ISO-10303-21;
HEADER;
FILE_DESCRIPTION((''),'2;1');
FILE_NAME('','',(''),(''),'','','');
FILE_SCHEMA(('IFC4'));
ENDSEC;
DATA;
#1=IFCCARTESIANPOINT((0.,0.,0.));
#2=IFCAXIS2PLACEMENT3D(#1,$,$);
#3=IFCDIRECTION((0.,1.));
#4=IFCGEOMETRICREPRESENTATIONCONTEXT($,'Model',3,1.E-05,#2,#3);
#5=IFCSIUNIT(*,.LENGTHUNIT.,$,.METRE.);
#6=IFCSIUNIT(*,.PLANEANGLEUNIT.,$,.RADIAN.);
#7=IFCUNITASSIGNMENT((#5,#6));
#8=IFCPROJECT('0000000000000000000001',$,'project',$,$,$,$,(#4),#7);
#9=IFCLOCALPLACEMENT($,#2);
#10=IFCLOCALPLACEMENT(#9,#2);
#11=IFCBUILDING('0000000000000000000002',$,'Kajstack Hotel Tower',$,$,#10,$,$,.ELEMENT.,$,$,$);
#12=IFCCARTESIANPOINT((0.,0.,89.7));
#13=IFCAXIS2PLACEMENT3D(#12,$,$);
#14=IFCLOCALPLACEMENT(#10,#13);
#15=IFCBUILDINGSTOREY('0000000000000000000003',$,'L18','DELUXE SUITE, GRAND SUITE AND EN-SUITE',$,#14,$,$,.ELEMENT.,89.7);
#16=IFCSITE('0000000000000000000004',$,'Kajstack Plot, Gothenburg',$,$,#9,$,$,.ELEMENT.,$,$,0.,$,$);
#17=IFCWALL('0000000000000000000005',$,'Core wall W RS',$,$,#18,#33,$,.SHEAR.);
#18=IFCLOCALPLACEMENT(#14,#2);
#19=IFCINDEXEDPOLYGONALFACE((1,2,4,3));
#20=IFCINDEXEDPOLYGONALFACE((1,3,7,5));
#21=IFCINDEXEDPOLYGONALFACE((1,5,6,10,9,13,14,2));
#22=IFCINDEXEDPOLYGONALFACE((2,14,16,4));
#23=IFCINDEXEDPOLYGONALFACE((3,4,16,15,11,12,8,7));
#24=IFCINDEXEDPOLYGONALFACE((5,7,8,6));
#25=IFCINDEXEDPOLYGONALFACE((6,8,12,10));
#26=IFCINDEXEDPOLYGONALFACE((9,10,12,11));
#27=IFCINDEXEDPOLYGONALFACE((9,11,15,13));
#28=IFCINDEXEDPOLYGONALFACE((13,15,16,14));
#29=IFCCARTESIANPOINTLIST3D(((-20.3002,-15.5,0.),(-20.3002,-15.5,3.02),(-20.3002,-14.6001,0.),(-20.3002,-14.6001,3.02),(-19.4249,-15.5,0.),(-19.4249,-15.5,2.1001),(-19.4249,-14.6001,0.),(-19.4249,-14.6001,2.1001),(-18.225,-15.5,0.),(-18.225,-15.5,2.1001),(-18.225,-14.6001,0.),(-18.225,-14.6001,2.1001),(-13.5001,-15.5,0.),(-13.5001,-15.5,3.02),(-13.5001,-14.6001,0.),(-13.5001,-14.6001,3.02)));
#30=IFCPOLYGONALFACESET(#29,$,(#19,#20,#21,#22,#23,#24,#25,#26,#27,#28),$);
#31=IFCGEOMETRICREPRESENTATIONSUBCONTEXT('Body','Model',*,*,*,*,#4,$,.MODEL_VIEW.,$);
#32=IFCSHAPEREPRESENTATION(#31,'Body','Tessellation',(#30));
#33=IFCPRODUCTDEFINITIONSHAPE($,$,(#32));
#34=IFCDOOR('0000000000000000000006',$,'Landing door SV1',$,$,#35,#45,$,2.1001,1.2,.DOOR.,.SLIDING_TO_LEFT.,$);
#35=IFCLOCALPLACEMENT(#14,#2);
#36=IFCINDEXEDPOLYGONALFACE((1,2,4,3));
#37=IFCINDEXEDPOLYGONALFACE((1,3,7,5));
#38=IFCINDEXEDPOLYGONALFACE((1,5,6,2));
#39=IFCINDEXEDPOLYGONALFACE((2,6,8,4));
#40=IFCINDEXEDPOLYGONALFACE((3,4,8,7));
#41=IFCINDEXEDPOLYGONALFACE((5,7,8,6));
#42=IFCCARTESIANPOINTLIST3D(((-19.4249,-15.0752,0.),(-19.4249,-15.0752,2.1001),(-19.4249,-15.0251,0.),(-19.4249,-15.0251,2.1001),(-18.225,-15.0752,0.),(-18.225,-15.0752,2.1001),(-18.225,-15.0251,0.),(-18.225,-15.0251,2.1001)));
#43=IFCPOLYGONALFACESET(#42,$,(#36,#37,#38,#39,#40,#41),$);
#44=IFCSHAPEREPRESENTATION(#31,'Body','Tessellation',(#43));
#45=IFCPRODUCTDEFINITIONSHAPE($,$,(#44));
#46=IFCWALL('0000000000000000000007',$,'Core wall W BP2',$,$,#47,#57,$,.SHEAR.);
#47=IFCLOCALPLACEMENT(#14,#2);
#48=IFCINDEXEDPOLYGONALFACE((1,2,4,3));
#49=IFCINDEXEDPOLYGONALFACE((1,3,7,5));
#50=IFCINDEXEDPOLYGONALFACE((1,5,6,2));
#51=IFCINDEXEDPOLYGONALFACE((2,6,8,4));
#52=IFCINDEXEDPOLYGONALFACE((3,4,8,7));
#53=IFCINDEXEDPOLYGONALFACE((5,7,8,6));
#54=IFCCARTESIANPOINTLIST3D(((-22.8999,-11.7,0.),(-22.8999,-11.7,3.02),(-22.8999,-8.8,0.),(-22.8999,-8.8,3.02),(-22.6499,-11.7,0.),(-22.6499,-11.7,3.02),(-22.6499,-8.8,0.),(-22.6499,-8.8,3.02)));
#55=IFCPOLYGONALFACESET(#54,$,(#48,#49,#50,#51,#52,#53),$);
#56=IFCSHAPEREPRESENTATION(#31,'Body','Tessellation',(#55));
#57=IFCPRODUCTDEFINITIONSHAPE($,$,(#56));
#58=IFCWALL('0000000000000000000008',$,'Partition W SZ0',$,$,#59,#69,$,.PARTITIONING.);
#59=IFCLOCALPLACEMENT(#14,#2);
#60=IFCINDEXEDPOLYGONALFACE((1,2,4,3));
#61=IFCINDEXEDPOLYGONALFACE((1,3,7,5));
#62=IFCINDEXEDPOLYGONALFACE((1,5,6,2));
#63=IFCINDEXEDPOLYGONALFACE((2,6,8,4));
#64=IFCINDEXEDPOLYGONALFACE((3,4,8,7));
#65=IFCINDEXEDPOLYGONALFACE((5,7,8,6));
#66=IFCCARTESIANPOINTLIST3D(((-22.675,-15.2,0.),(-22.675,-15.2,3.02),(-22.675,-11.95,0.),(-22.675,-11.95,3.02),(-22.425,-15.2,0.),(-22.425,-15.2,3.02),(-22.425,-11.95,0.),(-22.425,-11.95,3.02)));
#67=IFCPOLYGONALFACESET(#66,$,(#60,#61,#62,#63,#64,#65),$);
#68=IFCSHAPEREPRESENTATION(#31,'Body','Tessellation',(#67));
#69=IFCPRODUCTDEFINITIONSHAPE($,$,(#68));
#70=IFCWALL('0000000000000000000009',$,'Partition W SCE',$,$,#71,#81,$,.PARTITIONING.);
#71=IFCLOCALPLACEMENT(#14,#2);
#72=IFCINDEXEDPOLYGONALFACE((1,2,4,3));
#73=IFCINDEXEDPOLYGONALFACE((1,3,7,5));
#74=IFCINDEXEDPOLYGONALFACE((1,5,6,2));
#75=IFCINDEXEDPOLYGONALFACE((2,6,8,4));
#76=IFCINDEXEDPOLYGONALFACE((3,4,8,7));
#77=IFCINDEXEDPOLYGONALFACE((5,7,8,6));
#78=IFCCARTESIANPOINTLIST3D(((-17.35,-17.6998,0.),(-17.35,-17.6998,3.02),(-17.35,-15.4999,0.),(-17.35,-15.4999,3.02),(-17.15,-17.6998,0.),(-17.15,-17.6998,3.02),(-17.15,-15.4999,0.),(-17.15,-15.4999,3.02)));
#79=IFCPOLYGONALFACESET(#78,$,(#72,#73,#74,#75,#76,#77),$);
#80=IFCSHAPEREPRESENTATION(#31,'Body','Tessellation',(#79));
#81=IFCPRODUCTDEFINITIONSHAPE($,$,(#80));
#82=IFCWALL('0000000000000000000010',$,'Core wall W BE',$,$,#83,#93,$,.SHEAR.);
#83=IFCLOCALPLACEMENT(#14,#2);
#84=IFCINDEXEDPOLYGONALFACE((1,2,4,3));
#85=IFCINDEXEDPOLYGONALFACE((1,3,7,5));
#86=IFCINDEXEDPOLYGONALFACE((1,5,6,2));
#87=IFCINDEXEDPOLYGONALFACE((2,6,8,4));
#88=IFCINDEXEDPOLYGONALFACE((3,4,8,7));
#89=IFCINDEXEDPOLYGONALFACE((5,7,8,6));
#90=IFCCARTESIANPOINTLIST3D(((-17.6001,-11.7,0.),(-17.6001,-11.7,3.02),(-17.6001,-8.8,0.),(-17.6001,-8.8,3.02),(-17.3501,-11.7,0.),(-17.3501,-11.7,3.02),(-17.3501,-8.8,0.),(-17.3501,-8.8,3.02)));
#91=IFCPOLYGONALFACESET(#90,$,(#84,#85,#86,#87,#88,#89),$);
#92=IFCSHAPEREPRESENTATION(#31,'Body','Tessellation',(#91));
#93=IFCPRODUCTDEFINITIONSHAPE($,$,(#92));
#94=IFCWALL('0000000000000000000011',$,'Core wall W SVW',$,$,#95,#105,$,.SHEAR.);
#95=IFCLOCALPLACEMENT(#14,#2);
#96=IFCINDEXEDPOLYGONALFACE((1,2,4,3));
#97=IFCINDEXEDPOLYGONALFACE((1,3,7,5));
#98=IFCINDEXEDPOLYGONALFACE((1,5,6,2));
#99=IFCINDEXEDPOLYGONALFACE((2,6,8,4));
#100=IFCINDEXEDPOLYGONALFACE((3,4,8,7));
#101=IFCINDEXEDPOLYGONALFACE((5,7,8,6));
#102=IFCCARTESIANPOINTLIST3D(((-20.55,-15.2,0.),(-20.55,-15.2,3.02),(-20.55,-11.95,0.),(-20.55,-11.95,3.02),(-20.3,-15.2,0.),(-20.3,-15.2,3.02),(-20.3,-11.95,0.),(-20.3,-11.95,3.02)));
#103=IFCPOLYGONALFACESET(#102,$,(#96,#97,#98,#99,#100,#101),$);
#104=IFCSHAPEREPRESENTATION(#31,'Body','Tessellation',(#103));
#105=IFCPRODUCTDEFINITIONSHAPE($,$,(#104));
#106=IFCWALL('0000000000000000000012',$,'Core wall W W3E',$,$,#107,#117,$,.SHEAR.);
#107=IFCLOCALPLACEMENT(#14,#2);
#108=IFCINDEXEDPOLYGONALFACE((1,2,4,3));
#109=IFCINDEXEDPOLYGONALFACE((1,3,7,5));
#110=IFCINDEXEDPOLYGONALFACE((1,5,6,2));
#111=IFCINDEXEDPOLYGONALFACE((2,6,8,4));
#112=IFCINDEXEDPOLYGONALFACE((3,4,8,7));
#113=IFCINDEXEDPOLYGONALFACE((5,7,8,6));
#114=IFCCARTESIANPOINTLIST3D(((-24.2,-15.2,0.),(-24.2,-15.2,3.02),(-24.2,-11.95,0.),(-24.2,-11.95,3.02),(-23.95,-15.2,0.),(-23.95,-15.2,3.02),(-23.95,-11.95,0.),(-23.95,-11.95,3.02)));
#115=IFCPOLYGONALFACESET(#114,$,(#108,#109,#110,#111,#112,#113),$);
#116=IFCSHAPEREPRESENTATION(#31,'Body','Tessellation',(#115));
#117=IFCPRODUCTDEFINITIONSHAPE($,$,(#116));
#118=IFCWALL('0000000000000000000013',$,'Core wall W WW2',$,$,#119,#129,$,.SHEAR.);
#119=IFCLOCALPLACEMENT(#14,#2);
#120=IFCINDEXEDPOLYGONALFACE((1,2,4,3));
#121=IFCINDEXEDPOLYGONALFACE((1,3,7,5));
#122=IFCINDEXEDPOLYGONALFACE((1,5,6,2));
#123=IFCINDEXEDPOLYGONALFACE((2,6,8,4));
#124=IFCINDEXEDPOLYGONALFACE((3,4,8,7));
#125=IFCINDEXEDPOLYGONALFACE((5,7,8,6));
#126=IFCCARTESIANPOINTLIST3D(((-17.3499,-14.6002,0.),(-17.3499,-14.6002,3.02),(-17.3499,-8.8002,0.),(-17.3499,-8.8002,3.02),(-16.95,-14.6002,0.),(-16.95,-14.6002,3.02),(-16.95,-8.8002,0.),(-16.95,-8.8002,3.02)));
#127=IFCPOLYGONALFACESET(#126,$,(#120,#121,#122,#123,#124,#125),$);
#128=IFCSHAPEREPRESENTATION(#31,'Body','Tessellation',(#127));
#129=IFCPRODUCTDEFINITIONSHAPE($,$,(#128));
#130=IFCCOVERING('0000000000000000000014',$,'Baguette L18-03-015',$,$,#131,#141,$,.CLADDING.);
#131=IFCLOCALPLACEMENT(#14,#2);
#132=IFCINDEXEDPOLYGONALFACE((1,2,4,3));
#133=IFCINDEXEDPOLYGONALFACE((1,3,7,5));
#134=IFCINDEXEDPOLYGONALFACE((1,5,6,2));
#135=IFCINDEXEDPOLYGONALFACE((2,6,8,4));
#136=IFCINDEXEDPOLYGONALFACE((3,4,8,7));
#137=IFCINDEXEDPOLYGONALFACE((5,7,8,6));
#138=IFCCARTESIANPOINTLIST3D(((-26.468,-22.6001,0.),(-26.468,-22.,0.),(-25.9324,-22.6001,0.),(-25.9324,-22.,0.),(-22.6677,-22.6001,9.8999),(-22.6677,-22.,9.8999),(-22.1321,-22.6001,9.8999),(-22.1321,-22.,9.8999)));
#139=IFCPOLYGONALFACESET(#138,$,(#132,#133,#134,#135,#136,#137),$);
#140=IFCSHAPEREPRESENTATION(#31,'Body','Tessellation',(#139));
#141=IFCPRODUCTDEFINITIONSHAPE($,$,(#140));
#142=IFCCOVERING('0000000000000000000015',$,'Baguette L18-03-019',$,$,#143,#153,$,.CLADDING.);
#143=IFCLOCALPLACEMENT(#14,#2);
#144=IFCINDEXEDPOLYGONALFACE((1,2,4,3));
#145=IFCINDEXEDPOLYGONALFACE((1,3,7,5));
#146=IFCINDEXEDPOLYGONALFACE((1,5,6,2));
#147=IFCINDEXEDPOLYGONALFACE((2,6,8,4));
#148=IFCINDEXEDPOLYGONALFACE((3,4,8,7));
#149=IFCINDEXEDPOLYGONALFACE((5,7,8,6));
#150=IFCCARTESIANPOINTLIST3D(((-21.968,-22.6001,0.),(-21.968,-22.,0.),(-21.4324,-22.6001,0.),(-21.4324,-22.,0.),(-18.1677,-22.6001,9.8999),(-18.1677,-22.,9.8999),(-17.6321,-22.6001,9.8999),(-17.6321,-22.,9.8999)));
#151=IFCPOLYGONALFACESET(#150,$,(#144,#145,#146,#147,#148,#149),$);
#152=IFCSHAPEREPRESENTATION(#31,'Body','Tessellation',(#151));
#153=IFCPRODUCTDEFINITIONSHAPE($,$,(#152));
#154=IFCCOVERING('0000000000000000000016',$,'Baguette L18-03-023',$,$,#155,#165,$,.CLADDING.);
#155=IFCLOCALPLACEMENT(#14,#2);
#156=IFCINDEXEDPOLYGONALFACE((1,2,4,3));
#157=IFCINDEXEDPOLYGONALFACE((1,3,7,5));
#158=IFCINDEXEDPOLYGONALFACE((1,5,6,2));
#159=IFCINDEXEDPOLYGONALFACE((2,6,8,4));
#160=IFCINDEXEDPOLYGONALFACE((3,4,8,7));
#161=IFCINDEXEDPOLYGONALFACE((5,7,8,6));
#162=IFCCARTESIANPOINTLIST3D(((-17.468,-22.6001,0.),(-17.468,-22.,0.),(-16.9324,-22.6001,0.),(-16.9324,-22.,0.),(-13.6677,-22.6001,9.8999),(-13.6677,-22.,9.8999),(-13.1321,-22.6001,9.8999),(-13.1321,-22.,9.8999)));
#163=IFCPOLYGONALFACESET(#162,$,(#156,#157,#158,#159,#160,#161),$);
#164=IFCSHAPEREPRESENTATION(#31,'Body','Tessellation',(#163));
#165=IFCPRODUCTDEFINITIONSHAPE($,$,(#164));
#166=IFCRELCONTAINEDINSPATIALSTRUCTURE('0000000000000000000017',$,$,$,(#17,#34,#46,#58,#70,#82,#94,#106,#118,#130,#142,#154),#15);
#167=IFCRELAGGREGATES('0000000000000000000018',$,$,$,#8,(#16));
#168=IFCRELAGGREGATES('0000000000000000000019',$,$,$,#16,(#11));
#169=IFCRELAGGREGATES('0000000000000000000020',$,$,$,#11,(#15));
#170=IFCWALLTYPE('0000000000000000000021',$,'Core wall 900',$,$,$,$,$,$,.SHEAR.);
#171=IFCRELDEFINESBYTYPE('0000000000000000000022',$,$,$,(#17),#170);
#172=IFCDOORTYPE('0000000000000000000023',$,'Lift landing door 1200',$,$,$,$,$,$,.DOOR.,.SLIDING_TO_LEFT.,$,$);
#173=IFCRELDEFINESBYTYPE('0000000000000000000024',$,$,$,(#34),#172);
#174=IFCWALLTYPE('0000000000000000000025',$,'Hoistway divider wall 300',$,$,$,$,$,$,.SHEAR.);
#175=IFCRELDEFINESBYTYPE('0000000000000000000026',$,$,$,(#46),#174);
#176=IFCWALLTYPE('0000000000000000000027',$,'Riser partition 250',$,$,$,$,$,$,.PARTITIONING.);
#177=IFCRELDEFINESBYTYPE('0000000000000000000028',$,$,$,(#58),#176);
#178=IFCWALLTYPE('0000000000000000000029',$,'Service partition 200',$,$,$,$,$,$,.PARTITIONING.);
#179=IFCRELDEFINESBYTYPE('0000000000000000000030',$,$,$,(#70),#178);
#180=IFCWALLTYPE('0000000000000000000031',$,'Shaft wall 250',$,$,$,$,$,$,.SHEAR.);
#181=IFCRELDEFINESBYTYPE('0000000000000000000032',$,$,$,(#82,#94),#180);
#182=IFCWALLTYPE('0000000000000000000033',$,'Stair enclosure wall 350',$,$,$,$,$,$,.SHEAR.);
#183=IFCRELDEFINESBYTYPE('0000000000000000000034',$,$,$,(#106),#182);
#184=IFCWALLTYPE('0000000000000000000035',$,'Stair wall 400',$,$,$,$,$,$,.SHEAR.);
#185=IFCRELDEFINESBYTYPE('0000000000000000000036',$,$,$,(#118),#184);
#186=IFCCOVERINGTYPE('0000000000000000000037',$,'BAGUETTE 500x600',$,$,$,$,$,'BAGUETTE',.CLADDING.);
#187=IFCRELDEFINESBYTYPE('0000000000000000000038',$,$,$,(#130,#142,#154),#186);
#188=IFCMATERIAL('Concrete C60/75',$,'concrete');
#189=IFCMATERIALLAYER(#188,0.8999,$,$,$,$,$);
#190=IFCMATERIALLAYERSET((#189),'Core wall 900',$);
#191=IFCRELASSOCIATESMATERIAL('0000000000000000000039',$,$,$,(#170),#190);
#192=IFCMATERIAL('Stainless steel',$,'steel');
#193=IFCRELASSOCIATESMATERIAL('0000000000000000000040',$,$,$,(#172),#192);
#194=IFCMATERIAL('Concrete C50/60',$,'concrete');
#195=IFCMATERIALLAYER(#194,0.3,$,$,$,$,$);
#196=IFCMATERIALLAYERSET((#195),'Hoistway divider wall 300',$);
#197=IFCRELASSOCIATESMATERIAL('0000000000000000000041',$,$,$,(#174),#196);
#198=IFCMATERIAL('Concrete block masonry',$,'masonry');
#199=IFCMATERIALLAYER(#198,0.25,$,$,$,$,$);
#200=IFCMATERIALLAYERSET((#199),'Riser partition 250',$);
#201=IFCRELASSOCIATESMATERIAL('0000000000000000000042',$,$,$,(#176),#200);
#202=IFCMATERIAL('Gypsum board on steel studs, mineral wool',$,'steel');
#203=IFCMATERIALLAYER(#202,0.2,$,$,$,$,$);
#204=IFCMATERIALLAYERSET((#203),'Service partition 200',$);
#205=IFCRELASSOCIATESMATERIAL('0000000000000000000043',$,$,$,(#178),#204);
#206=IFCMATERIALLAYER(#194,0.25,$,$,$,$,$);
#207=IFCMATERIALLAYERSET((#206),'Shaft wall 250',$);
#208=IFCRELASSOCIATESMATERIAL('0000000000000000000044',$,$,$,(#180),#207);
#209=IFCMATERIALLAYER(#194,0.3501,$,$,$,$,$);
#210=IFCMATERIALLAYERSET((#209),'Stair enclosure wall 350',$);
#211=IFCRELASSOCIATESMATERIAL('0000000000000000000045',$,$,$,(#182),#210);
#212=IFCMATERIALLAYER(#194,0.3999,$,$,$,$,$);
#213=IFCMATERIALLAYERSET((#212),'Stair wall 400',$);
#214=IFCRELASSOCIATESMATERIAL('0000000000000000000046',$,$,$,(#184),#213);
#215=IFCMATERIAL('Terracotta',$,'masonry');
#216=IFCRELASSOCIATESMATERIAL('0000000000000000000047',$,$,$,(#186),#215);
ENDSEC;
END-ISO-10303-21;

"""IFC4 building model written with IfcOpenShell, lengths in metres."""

from ifc_helpers import new_model, si_unit, direction, frame, frame_2d, origin, origin_2d, place, context, subcontext, project, spatial, polyline, rectangle, outline, extrude, material, layer, layer_set, material_profile, profile_set, type_object, element, fill, save


model = new_model("IFC4")

# Units and contexts
model_context = context("Model", 3, precision=1e-05, world=origin(), true_north=direction((0.0, 1.0)))
body_context = subcontext(model_context, "Body", "Model", "MODEL_VIEW")
ifc_project = project(units=[si_unit("LENGTHUNIT", "METRE"), si_unit("PLANEANGLEUNIT", "RADIAN")], contexts=[model_context])

# Site, building, storey
site_placement = place(None, origin())
site = spatial("IfcSite", under=ifc_project, at=site_placement, Name="Kajstack Plot, Gothenburg", CompositionType="ELEMENT", RefElevation=0.0)
building_placement = place(site_placement, origin())
building = spatial("IfcBuilding", under=site, at=building_placement, Name="Kajstack Hotel Tower", CompositionType="ELEMENT")
storey_placement = place(building_placement, frame((0.0, 0.0, 89.7)))
storey = spatial("IfcBuildingStorey", under=building, at=storey_placement, Name="L18", Description="DELUXE SUITE, GRAND SUITE AND EN-SUITE", CompositionType="ELEMENT", Elevation=89.7)

# Wall, opening, door
ifc_material_1 = material(Name="Concrete C60/75", Category="concrete")
ifc_layer_1 = layer(ifc_material_1, 0.8999)
ifc_layer_set_1 = layer_set([ifc_layer_1], Name="Core wall 900")
wall_type_1 = type_object("IfcWallType", Name="Core wall 900", PredefinedType="SHEAR", material=ifc_layer_set_1)
wall_1_placement = place(storey_placement, frame((-20.3, -15.05, 0.0), z_axis=(0.0, 0.0, 1.0), x_axis=(1.0, 0.0, 0.0)))
wall_1 = element("IfcWall", 1, at=wall_1_placement, inside=storey, type_object=wall_type_1, Name="Core wall W RS", PredefinedType="SHEAR", context=body_context, shape_type="SweptSolid", body=[
    extrude(rectangle(XDim=6.8, YDim=0.8999, at=frame_2d((3.3999, 0.0))), origin(), (0.0, 0.0, 1.0), 3.02),
])
opening_placement = place(wall_1_placement, frame((0.875, 0.0, 0.0)))
opening = element("IfcOpeningElement", 2, at=opening_placement, cuts=wall_1, PredefinedType="OPENING", context=body_context, shape_type="SweptSolid", body=[
    extrude(rectangle(XDim=1.2, YDim=2.1001, at=frame_2d((0.6001, 1.05))), frame((0.0, 0.46, 0.0), z_axis=(0.0, -1.0, 0.0), x_axis=(1.0, 0.0, 0.0)), (0.0, 0.0, 1.0), 0.9199),
])
ifc_material_2 = material(Name="Stainless steel", Category="steel")
door_type = type_object("IfcDoorType", Name="Lift landing door 1200", OperationType="SLIDING_TO_LEFT", PredefinedType="DOOR", material=ifc_material_2)
door_placement = place(opening_placement, origin())
door = element("IfcDoor", 3, at=door_placement, inside=storey, type_object=door_type, Name="Landing door SV1", OperationType="SLIDING_TO_LEFT", OverallHeight=2.1001, OverallWidth=1.2, PredefinedType="DOOR", context=body_context, shape_type="SweptSolid", body=[
    extrude(rectangle(XDim=1.2, YDim=2.1001, at=frame_2d((0.6001, 1.05))), frame((0.0, 0.0249, 0.0), z_axis=(0.0, -1.0, 0.0), x_axis=(1.0, 0.0, 0.0)), (0.0, 0.0, 1.0), 0.05),
])
fill(opening, door)

# Walls
ifc_material_3 = material(Name="Concrete C50/60", Category="concrete")
ifc_layer_2 = layer(ifc_material_3, 0.3)
ifc_layer_set_2 = layer_set([ifc_layer_2], Name="Hoistway divider wall 300")
wall_type_2 = type_object("IfcWallType", Name="Hoistway divider wall 300", PredefinedType="SHEAR", material=ifc_layer_set_2)
wall_2_placement = place(storey_placement, frame((-22.7749, -11.7, 0.0), z_axis=(0.0, 0.0, 1.0), x_axis=(0.0, 1.0, 0.0)))
element("IfcWall", 4, at=wall_2_placement, inside=storey, type_object=wall_type_2, Name="Core wall W BP2", PredefinedType="SHEAR", context=body_context, shape_type="SweptSolid", body=[
    extrude(rectangle(XDim=2.8999, YDim=0.25, at=frame_2d((1.45, 0.0))), origin(), (0.0, 0.0, 1.0), 3.02),
])
ifc_material_4 = material(Name="Concrete block masonry", Category="masonry")
ifc_layer_3 = layer(ifc_material_4, 0.25)
ifc_layer_set_3 = layer_set([ifc_layer_3], Name="Riser partition 250")
wall_type_3 = type_object("IfcWallType", Name="Riser partition 250", PredefinedType="PARTITIONING", material=ifc_layer_set_3)
wall_3_placement = place(storey_placement, frame((-22.55, -15.2, 0.0), z_axis=(0.0, 0.0, 1.0), x_axis=(0.0, 1.0, 0.0)))
element("IfcWall", 5, at=wall_3_placement, inside=storey, type_object=wall_type_3, Name="Partition W SZ0", PredefinedType="PARTITIONING", context=body_context, shape_type="SweptSolid", body=[
    extrude(rectangle(XDim=3.25, YDim=0.25, at=frame_2d((1.625, 0.0))), origin(), (0.0, 0.0, 1.0), 3.02),
])
ifc_material_5 = material(Name="Gypsum board on steel studs, mineral wool", Category="steel")
ifc_layer_4 = layer(ifc_material_5, 0.2)
ifc_layer_set_4 = layer_set([ifc_layer_4], Name="Service partition 200")
wall_type_4 = type_object("IfcWallType", Name="Service partition 200", PredefinedType="PARTITIONING", material=ifc_layer_set_4)
wall_4_placement = place(storey_placement, frame((-17.25, -17.7, 0.0), z_axis=(0.0, 0.0, 1.0), x_axis=(0.0, 1.0, 0.0)))
element("IfcWall", 6, at=wall_4_placement, inside=storey, type_object=wall_type_4, Name="Partition W SCE", PredefinedType="PARTITIONING", context=body_context, shape_type="SweptSolid", body=[
    extrude(rectangle(XDim=2.2, YDim=0.2, at=frame_2d((1.1001, 0.0))), origin(), (0.0, 0.0, 1.0), 3.02),
])
ifc_layer_5 = layer(ifc_material_3, 0.25)
ifc_layer_set_5 = layer_set([ifc_layer_5], Name="Shaft wall 250")
wall_type_5 = type_object("IfcWallType", Name="Shaft wall 250", PredefinedType="SHEAR", material=ifc_layer_set_5)
wall_5_placement = place(storey_placement, frame((-17.4751, -11.7, 0.0), z_axis=(0.0, 0.0, 1.0), x_axis=(0.0, 1.0, 0.0)))
element("IfcWall", 7, at=wall_5_placement, inside=storey, type_object=wall_type_5, Name="Core wall W BE", PredefinedType="SHEAR", context=body_context, shape_type="SweptSolid", body=[
    extrude(rectangle(XDim=2.8999, YDim=0.25, at=frame_2d((1.45, 0.0))), origin(), (0.0, 0.0, 1.0), 3.02),
])
wall_6_placement = place(storey_placement, frame((-20.425, -15.2, 0.0), z_axis=(0.0, 0.0, 1.0), x_axis=(0.0, 1.0, 0.0)))
element("IfcWall", 8, at=wall_6_placement, inside=storey, type_object=wall_type_5, Name="Core wall W SVW", PredefinedType="SHEAR", context=body_context, shape_type="SweptSolid", body=[
    extrude(rectangle(XDim=3.25, YDim=0.25, at=frame_2d((1.625, 0.0))), origin(), (0.0, 0.0, 1.0), 3.02),
])
ifc_layer_6 = layer(ifc_material_3, 0.3501)
ifc_layer_set_6 = layer_set([ifc_layer_6], Name="Stair enclosure wall 350")
wall_type_6 = type_object("IfcWallType", Name="Stair enclosure wall 350", PredefinedType="SHEAR", material=ifc_layer_set_6)
wall_7_placement = place(storey_placement, frame((-24.075, -15.2, 0.0), z_axis=(0.0, 0.0, 1.0), x_axis=(0.0, 1.0, 0.0)))
element("IfcWall", 9, at=wall_7_placement, inside=storey, type_object=wall_type_6, Name="Core wall W W3E", PredefinedType="SHEAR", context=body_context, shape_type="SweptSolid", body=[
    extrude(rectangle(XDim=3.25, YDim=0.25, at=frame_2d((1.625, 0.0))), origin(), (0.0, 0.0, 1.0), 3.02),
])
ifc_layer_7 = layer(ifc_material_3, 0.3999)
ifc_layer_set_7 = layer_set([ifc_layer_7], Name="Stair wall 400")
wall_type_7 = type_object("IfcWallType", Name="Stair wall 400", PredefinedType="SHEAR", material=ifc_layer_set_7)
wall_8_placement = place(storey_placement, frame((-17.1499, -14.6001, 0.0), z_axis=(0.0, 0.0, 1.0), x_axis=(0.0, 1.0, 0.0)))
element("IfcWall", 10, at=wall_8_placement, inside=storey, type_object=wall_type_7, Name="Core wall W WW2", PredefinedType="SHEAR", context=body_context, shape_type="SweptSolid", body=[
    extrude(rectangle(XDim=5.8, YDim=0.3999, at=frame_2d((2.8999, 0.0))), origin(), (0.0, 0.0, 1.0), 3.02),
])

# Coverings
ifc_material_6 = material(Name="Terracotta", Category="masonry")
ifc_material_profile = material_profile(ifc_material_6, rectangle(XDim=0.6001, YDim=0.5, at=origin_2d()), Name="Terracotta-clad concrete baguette 500 x 600")
ifc_profile_set = profile_set([ifc_material_profile], Name="Terracotta")
covering_type = type_object("IfcCoveringType", Name="BAGUETTE 500x600", ElementType="BAGUETTE", PredefinedType="CLADDING", material=ifc_profile_set)
for number, where, z_axis, x_axis, name in (
    (11, (-26.468, -22.0, 0.0), (0.0, -1.0, 0.0), (1.0, 0.0, 0.0), "Baguette L18-03-015"),
    (12, (-21.968, -22.0, 0.0), (0.0, -1.0, 0.0), (1.0, 0.0, 0.0), "Baguette L18-03-019"),
    (13, (-17.468, -22.0, 0.0), (0.0, -1.0, 0.0), (1.0, 0.0, 0.0), "Baguette L18-03-023"),
):
    element("IfcCovering", number, at=place(storey_placement, frame(where, z_axis=z_axis, x_axis=x_axis)), inside=storey, type_object=covering_type, Name=name, PredefinedType="CLADDING", context=body_context, shape_type="SweptSolid", body=[
        extrude(outline(polyline([(3.8003, 9.8999), (0.0, 0.0), (0.5356, 0.0), (4.3359, 9.8999), (3.8003, 9.8999)])), origin(), (0.0, 0.0, 1.0), 0.6001),
    ])

save(model, "model.ifc")
